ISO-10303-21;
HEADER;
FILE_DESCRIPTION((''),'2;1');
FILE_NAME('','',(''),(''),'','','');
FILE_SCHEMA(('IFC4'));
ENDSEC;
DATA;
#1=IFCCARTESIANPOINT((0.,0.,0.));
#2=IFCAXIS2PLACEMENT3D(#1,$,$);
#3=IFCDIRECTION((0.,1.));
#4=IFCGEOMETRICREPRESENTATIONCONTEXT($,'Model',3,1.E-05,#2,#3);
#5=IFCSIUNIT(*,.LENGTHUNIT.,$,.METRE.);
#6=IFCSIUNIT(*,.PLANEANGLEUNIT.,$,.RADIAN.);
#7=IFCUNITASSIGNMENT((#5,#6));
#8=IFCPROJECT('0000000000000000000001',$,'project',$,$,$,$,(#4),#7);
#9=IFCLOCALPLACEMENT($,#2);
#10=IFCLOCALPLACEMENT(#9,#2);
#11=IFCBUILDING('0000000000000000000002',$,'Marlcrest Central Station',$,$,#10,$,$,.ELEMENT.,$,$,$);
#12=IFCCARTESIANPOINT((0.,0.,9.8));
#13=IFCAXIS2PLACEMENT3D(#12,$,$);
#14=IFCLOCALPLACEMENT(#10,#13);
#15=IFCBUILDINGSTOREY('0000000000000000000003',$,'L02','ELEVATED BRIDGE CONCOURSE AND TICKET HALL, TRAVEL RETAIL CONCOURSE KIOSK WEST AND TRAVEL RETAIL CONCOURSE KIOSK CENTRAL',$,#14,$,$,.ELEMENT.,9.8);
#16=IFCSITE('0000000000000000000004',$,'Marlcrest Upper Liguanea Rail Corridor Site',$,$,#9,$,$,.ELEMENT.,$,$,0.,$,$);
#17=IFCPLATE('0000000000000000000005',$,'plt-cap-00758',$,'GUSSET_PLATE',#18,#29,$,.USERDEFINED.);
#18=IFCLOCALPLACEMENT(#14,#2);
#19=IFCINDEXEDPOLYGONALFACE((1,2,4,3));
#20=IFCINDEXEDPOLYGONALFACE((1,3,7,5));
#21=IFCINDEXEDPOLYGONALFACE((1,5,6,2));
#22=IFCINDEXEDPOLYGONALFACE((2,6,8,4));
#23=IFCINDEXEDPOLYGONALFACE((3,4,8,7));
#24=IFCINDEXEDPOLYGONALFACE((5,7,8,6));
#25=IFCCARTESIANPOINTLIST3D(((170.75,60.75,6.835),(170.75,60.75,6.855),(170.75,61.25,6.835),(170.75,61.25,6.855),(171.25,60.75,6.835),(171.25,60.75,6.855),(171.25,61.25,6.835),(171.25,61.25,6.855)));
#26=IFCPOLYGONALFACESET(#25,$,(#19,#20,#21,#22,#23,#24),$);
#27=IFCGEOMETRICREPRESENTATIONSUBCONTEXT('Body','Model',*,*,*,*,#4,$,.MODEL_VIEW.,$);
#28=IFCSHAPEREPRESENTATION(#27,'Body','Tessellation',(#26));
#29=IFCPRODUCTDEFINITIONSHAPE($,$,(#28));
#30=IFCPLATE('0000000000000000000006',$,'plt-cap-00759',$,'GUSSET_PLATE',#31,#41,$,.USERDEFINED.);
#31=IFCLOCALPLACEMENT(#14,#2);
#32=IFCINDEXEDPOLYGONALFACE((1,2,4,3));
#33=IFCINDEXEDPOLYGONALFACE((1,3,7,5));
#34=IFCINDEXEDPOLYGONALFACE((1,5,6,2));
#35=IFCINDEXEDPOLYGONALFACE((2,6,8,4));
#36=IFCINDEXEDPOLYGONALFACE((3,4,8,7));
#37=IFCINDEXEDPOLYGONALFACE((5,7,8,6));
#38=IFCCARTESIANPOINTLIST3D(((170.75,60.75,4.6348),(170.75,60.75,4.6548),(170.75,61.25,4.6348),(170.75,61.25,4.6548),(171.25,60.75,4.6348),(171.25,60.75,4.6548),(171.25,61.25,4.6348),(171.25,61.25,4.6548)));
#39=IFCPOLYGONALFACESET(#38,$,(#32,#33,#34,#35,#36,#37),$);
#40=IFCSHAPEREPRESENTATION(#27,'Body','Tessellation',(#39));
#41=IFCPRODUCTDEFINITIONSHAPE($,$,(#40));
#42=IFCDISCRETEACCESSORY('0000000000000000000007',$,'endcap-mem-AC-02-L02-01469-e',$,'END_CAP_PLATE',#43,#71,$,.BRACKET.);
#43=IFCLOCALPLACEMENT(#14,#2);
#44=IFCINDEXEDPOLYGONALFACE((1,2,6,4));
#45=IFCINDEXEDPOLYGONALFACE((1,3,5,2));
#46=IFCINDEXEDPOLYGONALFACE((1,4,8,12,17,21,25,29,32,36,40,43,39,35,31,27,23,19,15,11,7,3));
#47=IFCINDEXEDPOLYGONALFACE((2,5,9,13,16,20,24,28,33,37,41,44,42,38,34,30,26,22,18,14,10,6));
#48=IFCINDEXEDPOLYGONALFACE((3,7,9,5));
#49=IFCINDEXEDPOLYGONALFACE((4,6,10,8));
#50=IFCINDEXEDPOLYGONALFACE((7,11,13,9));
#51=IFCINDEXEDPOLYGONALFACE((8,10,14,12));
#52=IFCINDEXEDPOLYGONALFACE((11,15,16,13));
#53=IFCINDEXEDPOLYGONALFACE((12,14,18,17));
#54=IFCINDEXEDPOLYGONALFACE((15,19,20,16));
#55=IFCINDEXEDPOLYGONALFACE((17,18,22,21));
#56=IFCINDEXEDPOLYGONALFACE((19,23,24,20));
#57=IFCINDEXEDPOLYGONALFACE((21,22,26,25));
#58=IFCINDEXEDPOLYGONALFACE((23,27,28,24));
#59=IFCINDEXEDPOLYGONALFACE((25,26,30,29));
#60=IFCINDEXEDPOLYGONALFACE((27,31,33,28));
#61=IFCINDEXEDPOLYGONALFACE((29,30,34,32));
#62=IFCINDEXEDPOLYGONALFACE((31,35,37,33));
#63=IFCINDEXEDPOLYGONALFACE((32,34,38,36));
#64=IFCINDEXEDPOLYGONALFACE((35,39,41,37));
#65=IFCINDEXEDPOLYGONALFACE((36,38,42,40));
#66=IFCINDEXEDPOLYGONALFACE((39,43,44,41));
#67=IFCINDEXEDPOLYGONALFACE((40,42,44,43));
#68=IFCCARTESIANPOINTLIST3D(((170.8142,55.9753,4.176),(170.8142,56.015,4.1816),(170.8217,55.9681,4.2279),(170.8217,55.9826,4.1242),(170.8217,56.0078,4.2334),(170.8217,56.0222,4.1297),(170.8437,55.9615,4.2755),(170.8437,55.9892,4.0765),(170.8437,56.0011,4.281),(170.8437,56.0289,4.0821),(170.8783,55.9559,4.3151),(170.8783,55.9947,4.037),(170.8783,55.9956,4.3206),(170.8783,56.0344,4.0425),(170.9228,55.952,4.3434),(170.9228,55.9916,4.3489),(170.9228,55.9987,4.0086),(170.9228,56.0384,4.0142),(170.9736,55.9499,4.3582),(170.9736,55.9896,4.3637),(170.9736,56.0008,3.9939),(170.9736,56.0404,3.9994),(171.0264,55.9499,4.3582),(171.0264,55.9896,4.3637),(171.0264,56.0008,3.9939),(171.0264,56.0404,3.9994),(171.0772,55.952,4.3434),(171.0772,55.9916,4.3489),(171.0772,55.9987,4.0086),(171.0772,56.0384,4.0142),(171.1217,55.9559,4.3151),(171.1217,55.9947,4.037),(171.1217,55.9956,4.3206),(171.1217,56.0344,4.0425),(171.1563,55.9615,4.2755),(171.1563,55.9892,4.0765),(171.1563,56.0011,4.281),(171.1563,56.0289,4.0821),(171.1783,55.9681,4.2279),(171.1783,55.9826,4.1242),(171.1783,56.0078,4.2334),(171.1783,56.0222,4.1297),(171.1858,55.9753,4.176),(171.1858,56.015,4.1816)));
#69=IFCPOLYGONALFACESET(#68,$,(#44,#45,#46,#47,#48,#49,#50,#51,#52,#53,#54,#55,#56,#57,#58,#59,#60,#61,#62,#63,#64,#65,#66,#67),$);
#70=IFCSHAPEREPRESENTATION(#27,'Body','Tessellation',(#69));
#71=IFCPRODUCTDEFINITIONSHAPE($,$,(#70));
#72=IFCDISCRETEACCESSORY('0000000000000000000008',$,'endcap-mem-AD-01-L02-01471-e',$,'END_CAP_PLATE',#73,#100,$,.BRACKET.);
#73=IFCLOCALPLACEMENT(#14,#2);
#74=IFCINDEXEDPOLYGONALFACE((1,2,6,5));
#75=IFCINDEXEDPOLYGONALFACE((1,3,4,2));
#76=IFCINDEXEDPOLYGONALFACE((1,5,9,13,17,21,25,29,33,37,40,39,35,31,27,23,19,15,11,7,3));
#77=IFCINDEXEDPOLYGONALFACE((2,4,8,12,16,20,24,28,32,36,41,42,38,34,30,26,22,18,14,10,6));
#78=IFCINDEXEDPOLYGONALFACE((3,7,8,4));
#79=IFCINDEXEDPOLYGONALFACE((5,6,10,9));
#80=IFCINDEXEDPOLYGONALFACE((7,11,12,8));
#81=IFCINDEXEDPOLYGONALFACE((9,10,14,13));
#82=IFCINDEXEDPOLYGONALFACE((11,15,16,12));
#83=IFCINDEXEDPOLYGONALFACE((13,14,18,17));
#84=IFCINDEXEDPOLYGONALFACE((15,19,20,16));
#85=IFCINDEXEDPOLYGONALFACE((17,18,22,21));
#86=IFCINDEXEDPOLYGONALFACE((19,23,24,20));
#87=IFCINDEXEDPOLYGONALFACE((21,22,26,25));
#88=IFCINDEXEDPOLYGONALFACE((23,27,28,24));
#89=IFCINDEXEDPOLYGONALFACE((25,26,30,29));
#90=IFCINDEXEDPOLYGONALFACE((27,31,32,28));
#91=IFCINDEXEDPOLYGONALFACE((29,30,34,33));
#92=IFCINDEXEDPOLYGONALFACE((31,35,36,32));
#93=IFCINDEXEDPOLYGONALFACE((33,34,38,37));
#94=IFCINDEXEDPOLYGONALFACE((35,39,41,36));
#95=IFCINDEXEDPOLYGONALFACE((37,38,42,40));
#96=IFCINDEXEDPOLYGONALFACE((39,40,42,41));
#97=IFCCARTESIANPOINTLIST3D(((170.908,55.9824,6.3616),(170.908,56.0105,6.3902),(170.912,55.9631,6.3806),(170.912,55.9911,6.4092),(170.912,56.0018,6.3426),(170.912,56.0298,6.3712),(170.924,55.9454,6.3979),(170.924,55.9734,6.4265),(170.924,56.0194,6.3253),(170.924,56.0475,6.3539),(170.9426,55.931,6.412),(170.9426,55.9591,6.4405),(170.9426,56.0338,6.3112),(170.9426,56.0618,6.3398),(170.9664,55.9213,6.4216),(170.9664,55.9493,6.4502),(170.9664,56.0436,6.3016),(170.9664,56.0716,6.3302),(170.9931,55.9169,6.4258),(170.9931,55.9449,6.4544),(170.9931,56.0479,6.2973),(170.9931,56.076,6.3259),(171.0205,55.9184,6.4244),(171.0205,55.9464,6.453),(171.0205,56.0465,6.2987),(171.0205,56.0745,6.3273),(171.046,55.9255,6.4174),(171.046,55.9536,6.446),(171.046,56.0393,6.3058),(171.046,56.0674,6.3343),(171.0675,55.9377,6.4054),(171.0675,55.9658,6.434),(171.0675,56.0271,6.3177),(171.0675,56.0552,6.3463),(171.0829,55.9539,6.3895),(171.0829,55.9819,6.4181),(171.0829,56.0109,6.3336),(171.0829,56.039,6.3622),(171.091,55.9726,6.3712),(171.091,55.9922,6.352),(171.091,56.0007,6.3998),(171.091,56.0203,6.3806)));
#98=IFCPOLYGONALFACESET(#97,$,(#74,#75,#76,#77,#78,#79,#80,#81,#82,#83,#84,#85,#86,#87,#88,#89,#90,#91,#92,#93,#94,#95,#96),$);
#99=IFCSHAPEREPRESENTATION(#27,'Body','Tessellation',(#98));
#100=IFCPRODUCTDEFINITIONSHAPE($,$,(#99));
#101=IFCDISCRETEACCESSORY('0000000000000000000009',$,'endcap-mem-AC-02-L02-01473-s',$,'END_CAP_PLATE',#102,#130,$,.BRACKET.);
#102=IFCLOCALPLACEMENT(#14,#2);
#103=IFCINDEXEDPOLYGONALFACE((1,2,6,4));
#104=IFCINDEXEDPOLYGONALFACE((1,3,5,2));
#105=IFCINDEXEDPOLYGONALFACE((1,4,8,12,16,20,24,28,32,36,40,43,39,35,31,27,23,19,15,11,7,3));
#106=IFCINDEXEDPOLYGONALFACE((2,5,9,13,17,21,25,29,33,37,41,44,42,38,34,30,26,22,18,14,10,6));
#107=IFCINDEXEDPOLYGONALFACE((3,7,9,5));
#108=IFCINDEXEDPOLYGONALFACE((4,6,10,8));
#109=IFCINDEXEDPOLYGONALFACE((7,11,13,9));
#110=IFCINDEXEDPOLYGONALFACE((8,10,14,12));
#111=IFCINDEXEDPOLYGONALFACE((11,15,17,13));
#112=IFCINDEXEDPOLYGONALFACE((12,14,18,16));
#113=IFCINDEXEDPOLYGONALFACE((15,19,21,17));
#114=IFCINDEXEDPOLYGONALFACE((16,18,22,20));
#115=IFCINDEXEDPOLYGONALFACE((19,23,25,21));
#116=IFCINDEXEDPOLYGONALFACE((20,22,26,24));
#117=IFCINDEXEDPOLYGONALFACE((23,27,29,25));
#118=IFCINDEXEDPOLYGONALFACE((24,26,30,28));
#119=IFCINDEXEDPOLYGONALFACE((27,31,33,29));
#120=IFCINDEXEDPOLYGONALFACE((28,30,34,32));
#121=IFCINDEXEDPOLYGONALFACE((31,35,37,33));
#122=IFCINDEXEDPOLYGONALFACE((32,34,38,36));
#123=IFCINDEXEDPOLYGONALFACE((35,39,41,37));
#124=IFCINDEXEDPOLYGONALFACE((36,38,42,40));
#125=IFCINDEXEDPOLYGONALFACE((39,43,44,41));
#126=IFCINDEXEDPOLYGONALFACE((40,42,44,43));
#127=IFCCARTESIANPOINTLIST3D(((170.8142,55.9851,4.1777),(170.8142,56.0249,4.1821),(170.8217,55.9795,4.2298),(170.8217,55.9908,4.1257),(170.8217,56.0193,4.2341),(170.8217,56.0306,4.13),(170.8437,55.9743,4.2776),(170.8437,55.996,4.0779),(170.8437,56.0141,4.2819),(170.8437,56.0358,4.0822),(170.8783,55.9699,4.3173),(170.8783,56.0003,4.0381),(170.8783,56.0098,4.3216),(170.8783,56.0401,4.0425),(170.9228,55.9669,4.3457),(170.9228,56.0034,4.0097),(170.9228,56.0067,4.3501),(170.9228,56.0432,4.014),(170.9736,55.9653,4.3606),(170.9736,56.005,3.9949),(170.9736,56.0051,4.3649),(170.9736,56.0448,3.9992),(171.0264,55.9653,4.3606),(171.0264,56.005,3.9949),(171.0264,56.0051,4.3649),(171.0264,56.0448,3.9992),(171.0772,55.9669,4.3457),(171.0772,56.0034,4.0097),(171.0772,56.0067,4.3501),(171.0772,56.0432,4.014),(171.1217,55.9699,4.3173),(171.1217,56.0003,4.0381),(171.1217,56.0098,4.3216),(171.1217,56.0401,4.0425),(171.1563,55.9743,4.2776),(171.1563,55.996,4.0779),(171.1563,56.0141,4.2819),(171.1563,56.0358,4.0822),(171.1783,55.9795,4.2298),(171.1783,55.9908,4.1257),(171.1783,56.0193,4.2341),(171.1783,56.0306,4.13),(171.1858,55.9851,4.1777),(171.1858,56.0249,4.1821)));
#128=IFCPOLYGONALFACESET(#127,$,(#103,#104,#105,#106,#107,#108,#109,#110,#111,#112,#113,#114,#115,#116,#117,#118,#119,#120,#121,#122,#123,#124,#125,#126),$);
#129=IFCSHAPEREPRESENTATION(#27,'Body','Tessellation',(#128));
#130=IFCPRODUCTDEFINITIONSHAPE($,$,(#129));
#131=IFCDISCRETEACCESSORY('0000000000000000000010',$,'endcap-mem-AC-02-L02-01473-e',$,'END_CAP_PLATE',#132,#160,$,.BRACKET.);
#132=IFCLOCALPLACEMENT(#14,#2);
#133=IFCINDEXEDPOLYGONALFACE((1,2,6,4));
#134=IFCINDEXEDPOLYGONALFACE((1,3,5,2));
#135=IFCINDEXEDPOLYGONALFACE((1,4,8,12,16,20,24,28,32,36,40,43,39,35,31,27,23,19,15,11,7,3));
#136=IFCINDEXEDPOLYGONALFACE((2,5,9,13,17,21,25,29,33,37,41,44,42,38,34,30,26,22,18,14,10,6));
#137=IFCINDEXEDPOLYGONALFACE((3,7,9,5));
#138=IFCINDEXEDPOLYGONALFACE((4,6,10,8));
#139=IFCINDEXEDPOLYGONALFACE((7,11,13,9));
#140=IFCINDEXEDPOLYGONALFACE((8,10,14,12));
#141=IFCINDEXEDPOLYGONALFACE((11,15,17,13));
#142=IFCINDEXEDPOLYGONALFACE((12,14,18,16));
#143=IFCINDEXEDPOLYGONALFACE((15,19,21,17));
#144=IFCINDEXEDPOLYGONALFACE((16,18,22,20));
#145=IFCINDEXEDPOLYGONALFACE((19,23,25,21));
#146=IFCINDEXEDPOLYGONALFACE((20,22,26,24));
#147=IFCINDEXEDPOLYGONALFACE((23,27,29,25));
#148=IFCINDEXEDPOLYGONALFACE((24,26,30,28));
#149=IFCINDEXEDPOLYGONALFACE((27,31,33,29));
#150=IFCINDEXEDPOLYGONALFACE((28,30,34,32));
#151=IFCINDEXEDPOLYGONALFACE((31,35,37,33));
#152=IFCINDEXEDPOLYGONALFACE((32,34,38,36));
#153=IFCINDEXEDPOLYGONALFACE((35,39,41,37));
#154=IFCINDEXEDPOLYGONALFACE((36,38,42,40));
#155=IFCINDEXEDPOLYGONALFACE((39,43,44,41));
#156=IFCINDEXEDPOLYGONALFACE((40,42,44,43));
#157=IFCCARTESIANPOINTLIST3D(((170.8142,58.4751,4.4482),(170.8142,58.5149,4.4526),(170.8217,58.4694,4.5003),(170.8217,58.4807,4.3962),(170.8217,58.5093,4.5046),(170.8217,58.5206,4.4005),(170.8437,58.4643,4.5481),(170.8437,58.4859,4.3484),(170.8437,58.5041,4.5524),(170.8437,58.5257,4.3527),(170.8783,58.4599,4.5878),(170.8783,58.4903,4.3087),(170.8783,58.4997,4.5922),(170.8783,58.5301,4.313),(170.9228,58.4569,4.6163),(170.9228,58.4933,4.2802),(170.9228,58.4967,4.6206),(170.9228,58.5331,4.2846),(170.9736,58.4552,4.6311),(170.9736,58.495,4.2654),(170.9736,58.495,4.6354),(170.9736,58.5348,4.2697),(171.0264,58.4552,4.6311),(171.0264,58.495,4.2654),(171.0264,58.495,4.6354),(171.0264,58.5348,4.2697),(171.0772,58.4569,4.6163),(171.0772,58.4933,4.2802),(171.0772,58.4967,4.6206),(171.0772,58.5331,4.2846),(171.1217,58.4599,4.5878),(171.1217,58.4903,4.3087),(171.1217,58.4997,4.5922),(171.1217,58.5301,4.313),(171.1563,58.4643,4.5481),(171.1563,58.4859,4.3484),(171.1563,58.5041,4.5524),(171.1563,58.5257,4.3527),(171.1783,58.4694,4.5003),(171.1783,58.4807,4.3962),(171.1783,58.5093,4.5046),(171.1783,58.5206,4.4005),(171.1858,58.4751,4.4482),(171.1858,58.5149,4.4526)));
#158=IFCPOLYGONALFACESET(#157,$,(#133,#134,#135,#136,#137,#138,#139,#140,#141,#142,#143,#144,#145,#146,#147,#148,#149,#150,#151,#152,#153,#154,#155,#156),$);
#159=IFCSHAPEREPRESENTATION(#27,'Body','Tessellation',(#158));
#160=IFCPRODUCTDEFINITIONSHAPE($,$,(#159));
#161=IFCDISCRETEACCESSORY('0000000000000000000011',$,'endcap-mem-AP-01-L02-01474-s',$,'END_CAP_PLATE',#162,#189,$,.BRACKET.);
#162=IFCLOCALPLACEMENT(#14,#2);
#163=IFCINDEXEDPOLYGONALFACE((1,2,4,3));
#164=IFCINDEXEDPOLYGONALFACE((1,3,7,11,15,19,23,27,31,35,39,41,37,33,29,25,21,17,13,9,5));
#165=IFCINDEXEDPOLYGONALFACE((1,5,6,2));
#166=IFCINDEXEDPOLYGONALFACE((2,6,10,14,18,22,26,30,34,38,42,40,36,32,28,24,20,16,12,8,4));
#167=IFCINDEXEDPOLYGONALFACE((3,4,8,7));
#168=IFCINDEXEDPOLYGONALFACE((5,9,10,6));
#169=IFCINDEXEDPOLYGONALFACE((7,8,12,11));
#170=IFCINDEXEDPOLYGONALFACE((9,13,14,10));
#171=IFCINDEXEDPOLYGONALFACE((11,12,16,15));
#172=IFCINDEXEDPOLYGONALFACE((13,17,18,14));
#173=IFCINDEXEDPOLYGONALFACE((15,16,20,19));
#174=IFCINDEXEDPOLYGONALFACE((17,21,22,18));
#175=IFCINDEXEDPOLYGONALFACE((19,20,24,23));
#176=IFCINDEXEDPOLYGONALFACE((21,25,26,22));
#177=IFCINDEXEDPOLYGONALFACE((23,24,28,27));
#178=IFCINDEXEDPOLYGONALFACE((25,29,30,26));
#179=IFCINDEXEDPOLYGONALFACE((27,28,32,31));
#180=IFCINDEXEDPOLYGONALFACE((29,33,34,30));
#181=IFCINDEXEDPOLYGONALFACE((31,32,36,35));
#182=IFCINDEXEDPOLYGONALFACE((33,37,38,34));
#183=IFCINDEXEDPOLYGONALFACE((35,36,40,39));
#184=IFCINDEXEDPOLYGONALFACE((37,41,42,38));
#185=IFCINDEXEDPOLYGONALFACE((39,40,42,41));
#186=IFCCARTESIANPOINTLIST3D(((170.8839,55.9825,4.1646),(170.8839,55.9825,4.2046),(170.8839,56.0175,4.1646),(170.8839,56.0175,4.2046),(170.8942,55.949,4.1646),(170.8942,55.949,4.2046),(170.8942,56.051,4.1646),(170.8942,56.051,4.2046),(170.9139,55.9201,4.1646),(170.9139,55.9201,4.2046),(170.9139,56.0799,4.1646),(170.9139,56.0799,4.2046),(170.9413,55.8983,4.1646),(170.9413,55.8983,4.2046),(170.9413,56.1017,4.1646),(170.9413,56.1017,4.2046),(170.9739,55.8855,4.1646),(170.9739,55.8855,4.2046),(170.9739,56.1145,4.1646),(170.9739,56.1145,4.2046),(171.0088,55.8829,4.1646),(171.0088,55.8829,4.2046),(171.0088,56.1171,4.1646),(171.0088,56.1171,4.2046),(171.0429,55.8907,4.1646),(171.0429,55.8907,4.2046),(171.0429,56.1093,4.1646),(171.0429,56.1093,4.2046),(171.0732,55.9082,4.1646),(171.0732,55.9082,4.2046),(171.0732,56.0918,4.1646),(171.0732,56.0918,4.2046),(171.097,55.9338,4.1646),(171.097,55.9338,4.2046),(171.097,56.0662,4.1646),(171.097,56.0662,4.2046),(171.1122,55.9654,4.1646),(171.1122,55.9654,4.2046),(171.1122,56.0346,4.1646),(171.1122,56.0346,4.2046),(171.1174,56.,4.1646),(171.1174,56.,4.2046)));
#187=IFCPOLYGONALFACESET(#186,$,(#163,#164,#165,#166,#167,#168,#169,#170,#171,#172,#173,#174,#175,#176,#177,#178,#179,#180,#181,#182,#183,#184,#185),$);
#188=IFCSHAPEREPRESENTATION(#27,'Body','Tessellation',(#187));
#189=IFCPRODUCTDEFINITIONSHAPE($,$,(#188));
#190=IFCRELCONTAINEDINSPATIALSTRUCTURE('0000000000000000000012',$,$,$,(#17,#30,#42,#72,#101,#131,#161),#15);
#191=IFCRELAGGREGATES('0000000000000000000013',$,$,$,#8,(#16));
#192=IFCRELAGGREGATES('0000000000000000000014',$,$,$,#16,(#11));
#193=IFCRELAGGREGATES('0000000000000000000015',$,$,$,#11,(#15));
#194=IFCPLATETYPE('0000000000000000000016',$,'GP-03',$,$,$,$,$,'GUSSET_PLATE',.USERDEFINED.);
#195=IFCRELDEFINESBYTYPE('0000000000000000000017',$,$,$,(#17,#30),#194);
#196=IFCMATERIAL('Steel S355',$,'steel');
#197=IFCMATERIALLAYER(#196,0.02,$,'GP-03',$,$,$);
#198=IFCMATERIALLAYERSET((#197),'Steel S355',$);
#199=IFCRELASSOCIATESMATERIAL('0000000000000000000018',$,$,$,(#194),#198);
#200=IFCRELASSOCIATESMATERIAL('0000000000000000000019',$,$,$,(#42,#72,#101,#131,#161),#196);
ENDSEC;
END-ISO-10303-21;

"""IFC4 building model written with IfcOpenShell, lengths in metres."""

from ifc_helpers import new_model, si_unit, direction, frame, origin, origin_2d, place, context, subcontext, project, spatial, rectangle, circle, extrude, material, layer, layer_set, type_object, element, save


model = new_model("IFC4")

# Units and contexts
model_context = context("Model", 3, precision=1e-05, world=origin(), true_north=direction((0.0, 1.0)))
body_context = subcontext(model_context, "Body", "Model", "MODEL_VIEW")
ifc_project = project(units=[si_unit("LENGTHUNIT", "METRE"), si_unit("PLANEANGLEUNIT", "RADIAN")], contexts=[model_context])

# Site, building, storey
site_placement = place(None, origin())
site = spatial("IfcSite", under=ifc_project, at=site_placement, Name="Marlcrest Upper Liguanea Rail Corridor Site", CompositionType="ELEMENT", RefElevation=0.0)
building_placement = place(site_placement, origin())
building = spatial("IfcBuilding", under=site, at=building_placement, Name="Marlcrest Central Station", CompositionType="ELEMENT")
storey_placement = place(building_placement, frame((0.0, 0.0, 9.8)))
storey = spatial("IfcBuildingStorey", under=building, at=storey_placement, Name="L02", Description="ELEVATED BRIDGE CONCOURSE AND TICKET HALL, TRAVEL RETAIL CONCOURSE KIOSK WEST AND TRAVEL RETAIL CONCOURSE KIOSK CENTRAL", CompositionType="ELEMENT", Elevation=9.8)

# Shared definitions
ifc_material = material(Name="Steel S355", Category="steel")

# Plates
ifc_layer = layer(ifc_material, 0.02, Name="GP-03")
ifc_layer_set = layer_set([ifc_layer], Name="Steel S355")
plate_type = type_object("IfcPlateType", Name="GP-03", ElementType="GUSSET_PLATE", PredefinedType="USERDEFINED", material=ifc_layer_set)
for number, where, z_axis, x_axis, name in (
    (1, (171.0, 61.0, 6.835), (0.0, 0.0, 1.0), (1.0, 0.0, 0.0), "plt-cap-00758"),
    (2, (171.0, 61.0, 4.6348), (0.0, 0.0, 1.0), (1.0, 0.0, 0.0), "plt-cap-00759"),
):
    element("IfcPlate", number, at=place(storey_placement, frame(where, z_axis=z_axis, x_axis=x_axis)), inside=storey, type_object=plate_type, Name=name, ObjectType="GUSSET_PLATE", PredefinedType="USERDEFINED", context=body_context, shape_type="SweptSolid", body=[
        extrude(rectangle(XDim=0.5, YDim=0.5, at=origin_2d()), origin(), (0.0, 0.0, 1.0), 0.02),
    ])

# Discrete accessories
discrete_accessory_1_placement = place(storey_placement, frame((171.0, 55.9753, 4.176), z_axis=(0.0, 0.990403, 0.138211), x_axis=(-1.0, 0.0, 0.0)))
element("IfcDiscreteAccessory", 3, at=discrete_accessory_1_placement, inside=storey, material=ifc_material, Name="endcap-mem-AC-02-L02-01469-e", ObjectType="END_CAP_PLATE", PredefinedType="BRACKET", context=body_context, shape_type="SweptSolid", body=[
    extrude(circle(Radius=0.1858, at=origin_2d()), origin(), (0.0, 0.0, 1.0), 0.04),
])
discrete_accessory_2_placement = place(storey_placement, frame((171.0, 55.9824, 6.3616), z_axis=(0.0, 0.700235, 0.713912), x_axis=(-1.0, 0.0, 0.0)))
element("IfcDiscreteAccessory", 4, at=discrete_accessory_2_placement, inside=storey, material=ifc_material, Name="endcap-mem-AD-01-L02-01471-e", ObjectType="END_CAP_PLATE", PredefinedType="BRACKET", context=body_context, shape_type="SweptSolid", body=[
    extrude(circle(Radius=0.092, at=origin_2d()), origin(), (0.0, 0.0, 1.0), 0.04),
])
for number, where, z_axis, x_axis, name in (
    (5, (171.0, 55.9851, 4.1777), (0.0, 0.994155, 0.107959), (-1.0, 0.0, 0.0), "endcap-mem-AC-02-L02-01473-s"),
    (6, (171.0, 58.4751, 4.4482), (0.0, 0.994155, 0.107959), (-1.0, 0.0, 0.0), "endcap-mem-AC-02-L02-01473-e"),
):
    element("IfcDiscreteAccessory", number, at=place(storey_placement, frame(where, z_axis=z_axis, x_axis=x_axis)), inside=storey, material=ifc_material, Name=name, ObjectType="END_CAP_PLATE", PredefinedType="BRACKET", context=body_context, shape_type="SweptSolid", body=[
        extrude(circle(Radius=0.1858, at=origin_2d()), origin(), (0.0, 0.0, 1.0), 0.04),
    ])
for number, where, z_axis, x_axis, name in (
    (7, (171.0, 56.0, 4.1646), (0.0, 0.0, 1.0), (1.0, 0.0, 0.0), "endcap-mem-AP-01-L02-01474-s"),
):
    element("IfcDiscreteAccessory", number, at=place(storey_placement, frame(where, z_axis=z_axis, x_axis=x_axis)), inside=storey, material=ifc_material, Name=name, ObjectType="END_CAP_PLATE", PredefinedType="BRACKET", context=body_context, shape_type="SweptSolid", body=[
        extrude(circle(Radius=0.1174, at=origin_2d()), origin(), (0.0, 0.0, 1.0), 0.04),
    ])

save(model, "model.ifc")
